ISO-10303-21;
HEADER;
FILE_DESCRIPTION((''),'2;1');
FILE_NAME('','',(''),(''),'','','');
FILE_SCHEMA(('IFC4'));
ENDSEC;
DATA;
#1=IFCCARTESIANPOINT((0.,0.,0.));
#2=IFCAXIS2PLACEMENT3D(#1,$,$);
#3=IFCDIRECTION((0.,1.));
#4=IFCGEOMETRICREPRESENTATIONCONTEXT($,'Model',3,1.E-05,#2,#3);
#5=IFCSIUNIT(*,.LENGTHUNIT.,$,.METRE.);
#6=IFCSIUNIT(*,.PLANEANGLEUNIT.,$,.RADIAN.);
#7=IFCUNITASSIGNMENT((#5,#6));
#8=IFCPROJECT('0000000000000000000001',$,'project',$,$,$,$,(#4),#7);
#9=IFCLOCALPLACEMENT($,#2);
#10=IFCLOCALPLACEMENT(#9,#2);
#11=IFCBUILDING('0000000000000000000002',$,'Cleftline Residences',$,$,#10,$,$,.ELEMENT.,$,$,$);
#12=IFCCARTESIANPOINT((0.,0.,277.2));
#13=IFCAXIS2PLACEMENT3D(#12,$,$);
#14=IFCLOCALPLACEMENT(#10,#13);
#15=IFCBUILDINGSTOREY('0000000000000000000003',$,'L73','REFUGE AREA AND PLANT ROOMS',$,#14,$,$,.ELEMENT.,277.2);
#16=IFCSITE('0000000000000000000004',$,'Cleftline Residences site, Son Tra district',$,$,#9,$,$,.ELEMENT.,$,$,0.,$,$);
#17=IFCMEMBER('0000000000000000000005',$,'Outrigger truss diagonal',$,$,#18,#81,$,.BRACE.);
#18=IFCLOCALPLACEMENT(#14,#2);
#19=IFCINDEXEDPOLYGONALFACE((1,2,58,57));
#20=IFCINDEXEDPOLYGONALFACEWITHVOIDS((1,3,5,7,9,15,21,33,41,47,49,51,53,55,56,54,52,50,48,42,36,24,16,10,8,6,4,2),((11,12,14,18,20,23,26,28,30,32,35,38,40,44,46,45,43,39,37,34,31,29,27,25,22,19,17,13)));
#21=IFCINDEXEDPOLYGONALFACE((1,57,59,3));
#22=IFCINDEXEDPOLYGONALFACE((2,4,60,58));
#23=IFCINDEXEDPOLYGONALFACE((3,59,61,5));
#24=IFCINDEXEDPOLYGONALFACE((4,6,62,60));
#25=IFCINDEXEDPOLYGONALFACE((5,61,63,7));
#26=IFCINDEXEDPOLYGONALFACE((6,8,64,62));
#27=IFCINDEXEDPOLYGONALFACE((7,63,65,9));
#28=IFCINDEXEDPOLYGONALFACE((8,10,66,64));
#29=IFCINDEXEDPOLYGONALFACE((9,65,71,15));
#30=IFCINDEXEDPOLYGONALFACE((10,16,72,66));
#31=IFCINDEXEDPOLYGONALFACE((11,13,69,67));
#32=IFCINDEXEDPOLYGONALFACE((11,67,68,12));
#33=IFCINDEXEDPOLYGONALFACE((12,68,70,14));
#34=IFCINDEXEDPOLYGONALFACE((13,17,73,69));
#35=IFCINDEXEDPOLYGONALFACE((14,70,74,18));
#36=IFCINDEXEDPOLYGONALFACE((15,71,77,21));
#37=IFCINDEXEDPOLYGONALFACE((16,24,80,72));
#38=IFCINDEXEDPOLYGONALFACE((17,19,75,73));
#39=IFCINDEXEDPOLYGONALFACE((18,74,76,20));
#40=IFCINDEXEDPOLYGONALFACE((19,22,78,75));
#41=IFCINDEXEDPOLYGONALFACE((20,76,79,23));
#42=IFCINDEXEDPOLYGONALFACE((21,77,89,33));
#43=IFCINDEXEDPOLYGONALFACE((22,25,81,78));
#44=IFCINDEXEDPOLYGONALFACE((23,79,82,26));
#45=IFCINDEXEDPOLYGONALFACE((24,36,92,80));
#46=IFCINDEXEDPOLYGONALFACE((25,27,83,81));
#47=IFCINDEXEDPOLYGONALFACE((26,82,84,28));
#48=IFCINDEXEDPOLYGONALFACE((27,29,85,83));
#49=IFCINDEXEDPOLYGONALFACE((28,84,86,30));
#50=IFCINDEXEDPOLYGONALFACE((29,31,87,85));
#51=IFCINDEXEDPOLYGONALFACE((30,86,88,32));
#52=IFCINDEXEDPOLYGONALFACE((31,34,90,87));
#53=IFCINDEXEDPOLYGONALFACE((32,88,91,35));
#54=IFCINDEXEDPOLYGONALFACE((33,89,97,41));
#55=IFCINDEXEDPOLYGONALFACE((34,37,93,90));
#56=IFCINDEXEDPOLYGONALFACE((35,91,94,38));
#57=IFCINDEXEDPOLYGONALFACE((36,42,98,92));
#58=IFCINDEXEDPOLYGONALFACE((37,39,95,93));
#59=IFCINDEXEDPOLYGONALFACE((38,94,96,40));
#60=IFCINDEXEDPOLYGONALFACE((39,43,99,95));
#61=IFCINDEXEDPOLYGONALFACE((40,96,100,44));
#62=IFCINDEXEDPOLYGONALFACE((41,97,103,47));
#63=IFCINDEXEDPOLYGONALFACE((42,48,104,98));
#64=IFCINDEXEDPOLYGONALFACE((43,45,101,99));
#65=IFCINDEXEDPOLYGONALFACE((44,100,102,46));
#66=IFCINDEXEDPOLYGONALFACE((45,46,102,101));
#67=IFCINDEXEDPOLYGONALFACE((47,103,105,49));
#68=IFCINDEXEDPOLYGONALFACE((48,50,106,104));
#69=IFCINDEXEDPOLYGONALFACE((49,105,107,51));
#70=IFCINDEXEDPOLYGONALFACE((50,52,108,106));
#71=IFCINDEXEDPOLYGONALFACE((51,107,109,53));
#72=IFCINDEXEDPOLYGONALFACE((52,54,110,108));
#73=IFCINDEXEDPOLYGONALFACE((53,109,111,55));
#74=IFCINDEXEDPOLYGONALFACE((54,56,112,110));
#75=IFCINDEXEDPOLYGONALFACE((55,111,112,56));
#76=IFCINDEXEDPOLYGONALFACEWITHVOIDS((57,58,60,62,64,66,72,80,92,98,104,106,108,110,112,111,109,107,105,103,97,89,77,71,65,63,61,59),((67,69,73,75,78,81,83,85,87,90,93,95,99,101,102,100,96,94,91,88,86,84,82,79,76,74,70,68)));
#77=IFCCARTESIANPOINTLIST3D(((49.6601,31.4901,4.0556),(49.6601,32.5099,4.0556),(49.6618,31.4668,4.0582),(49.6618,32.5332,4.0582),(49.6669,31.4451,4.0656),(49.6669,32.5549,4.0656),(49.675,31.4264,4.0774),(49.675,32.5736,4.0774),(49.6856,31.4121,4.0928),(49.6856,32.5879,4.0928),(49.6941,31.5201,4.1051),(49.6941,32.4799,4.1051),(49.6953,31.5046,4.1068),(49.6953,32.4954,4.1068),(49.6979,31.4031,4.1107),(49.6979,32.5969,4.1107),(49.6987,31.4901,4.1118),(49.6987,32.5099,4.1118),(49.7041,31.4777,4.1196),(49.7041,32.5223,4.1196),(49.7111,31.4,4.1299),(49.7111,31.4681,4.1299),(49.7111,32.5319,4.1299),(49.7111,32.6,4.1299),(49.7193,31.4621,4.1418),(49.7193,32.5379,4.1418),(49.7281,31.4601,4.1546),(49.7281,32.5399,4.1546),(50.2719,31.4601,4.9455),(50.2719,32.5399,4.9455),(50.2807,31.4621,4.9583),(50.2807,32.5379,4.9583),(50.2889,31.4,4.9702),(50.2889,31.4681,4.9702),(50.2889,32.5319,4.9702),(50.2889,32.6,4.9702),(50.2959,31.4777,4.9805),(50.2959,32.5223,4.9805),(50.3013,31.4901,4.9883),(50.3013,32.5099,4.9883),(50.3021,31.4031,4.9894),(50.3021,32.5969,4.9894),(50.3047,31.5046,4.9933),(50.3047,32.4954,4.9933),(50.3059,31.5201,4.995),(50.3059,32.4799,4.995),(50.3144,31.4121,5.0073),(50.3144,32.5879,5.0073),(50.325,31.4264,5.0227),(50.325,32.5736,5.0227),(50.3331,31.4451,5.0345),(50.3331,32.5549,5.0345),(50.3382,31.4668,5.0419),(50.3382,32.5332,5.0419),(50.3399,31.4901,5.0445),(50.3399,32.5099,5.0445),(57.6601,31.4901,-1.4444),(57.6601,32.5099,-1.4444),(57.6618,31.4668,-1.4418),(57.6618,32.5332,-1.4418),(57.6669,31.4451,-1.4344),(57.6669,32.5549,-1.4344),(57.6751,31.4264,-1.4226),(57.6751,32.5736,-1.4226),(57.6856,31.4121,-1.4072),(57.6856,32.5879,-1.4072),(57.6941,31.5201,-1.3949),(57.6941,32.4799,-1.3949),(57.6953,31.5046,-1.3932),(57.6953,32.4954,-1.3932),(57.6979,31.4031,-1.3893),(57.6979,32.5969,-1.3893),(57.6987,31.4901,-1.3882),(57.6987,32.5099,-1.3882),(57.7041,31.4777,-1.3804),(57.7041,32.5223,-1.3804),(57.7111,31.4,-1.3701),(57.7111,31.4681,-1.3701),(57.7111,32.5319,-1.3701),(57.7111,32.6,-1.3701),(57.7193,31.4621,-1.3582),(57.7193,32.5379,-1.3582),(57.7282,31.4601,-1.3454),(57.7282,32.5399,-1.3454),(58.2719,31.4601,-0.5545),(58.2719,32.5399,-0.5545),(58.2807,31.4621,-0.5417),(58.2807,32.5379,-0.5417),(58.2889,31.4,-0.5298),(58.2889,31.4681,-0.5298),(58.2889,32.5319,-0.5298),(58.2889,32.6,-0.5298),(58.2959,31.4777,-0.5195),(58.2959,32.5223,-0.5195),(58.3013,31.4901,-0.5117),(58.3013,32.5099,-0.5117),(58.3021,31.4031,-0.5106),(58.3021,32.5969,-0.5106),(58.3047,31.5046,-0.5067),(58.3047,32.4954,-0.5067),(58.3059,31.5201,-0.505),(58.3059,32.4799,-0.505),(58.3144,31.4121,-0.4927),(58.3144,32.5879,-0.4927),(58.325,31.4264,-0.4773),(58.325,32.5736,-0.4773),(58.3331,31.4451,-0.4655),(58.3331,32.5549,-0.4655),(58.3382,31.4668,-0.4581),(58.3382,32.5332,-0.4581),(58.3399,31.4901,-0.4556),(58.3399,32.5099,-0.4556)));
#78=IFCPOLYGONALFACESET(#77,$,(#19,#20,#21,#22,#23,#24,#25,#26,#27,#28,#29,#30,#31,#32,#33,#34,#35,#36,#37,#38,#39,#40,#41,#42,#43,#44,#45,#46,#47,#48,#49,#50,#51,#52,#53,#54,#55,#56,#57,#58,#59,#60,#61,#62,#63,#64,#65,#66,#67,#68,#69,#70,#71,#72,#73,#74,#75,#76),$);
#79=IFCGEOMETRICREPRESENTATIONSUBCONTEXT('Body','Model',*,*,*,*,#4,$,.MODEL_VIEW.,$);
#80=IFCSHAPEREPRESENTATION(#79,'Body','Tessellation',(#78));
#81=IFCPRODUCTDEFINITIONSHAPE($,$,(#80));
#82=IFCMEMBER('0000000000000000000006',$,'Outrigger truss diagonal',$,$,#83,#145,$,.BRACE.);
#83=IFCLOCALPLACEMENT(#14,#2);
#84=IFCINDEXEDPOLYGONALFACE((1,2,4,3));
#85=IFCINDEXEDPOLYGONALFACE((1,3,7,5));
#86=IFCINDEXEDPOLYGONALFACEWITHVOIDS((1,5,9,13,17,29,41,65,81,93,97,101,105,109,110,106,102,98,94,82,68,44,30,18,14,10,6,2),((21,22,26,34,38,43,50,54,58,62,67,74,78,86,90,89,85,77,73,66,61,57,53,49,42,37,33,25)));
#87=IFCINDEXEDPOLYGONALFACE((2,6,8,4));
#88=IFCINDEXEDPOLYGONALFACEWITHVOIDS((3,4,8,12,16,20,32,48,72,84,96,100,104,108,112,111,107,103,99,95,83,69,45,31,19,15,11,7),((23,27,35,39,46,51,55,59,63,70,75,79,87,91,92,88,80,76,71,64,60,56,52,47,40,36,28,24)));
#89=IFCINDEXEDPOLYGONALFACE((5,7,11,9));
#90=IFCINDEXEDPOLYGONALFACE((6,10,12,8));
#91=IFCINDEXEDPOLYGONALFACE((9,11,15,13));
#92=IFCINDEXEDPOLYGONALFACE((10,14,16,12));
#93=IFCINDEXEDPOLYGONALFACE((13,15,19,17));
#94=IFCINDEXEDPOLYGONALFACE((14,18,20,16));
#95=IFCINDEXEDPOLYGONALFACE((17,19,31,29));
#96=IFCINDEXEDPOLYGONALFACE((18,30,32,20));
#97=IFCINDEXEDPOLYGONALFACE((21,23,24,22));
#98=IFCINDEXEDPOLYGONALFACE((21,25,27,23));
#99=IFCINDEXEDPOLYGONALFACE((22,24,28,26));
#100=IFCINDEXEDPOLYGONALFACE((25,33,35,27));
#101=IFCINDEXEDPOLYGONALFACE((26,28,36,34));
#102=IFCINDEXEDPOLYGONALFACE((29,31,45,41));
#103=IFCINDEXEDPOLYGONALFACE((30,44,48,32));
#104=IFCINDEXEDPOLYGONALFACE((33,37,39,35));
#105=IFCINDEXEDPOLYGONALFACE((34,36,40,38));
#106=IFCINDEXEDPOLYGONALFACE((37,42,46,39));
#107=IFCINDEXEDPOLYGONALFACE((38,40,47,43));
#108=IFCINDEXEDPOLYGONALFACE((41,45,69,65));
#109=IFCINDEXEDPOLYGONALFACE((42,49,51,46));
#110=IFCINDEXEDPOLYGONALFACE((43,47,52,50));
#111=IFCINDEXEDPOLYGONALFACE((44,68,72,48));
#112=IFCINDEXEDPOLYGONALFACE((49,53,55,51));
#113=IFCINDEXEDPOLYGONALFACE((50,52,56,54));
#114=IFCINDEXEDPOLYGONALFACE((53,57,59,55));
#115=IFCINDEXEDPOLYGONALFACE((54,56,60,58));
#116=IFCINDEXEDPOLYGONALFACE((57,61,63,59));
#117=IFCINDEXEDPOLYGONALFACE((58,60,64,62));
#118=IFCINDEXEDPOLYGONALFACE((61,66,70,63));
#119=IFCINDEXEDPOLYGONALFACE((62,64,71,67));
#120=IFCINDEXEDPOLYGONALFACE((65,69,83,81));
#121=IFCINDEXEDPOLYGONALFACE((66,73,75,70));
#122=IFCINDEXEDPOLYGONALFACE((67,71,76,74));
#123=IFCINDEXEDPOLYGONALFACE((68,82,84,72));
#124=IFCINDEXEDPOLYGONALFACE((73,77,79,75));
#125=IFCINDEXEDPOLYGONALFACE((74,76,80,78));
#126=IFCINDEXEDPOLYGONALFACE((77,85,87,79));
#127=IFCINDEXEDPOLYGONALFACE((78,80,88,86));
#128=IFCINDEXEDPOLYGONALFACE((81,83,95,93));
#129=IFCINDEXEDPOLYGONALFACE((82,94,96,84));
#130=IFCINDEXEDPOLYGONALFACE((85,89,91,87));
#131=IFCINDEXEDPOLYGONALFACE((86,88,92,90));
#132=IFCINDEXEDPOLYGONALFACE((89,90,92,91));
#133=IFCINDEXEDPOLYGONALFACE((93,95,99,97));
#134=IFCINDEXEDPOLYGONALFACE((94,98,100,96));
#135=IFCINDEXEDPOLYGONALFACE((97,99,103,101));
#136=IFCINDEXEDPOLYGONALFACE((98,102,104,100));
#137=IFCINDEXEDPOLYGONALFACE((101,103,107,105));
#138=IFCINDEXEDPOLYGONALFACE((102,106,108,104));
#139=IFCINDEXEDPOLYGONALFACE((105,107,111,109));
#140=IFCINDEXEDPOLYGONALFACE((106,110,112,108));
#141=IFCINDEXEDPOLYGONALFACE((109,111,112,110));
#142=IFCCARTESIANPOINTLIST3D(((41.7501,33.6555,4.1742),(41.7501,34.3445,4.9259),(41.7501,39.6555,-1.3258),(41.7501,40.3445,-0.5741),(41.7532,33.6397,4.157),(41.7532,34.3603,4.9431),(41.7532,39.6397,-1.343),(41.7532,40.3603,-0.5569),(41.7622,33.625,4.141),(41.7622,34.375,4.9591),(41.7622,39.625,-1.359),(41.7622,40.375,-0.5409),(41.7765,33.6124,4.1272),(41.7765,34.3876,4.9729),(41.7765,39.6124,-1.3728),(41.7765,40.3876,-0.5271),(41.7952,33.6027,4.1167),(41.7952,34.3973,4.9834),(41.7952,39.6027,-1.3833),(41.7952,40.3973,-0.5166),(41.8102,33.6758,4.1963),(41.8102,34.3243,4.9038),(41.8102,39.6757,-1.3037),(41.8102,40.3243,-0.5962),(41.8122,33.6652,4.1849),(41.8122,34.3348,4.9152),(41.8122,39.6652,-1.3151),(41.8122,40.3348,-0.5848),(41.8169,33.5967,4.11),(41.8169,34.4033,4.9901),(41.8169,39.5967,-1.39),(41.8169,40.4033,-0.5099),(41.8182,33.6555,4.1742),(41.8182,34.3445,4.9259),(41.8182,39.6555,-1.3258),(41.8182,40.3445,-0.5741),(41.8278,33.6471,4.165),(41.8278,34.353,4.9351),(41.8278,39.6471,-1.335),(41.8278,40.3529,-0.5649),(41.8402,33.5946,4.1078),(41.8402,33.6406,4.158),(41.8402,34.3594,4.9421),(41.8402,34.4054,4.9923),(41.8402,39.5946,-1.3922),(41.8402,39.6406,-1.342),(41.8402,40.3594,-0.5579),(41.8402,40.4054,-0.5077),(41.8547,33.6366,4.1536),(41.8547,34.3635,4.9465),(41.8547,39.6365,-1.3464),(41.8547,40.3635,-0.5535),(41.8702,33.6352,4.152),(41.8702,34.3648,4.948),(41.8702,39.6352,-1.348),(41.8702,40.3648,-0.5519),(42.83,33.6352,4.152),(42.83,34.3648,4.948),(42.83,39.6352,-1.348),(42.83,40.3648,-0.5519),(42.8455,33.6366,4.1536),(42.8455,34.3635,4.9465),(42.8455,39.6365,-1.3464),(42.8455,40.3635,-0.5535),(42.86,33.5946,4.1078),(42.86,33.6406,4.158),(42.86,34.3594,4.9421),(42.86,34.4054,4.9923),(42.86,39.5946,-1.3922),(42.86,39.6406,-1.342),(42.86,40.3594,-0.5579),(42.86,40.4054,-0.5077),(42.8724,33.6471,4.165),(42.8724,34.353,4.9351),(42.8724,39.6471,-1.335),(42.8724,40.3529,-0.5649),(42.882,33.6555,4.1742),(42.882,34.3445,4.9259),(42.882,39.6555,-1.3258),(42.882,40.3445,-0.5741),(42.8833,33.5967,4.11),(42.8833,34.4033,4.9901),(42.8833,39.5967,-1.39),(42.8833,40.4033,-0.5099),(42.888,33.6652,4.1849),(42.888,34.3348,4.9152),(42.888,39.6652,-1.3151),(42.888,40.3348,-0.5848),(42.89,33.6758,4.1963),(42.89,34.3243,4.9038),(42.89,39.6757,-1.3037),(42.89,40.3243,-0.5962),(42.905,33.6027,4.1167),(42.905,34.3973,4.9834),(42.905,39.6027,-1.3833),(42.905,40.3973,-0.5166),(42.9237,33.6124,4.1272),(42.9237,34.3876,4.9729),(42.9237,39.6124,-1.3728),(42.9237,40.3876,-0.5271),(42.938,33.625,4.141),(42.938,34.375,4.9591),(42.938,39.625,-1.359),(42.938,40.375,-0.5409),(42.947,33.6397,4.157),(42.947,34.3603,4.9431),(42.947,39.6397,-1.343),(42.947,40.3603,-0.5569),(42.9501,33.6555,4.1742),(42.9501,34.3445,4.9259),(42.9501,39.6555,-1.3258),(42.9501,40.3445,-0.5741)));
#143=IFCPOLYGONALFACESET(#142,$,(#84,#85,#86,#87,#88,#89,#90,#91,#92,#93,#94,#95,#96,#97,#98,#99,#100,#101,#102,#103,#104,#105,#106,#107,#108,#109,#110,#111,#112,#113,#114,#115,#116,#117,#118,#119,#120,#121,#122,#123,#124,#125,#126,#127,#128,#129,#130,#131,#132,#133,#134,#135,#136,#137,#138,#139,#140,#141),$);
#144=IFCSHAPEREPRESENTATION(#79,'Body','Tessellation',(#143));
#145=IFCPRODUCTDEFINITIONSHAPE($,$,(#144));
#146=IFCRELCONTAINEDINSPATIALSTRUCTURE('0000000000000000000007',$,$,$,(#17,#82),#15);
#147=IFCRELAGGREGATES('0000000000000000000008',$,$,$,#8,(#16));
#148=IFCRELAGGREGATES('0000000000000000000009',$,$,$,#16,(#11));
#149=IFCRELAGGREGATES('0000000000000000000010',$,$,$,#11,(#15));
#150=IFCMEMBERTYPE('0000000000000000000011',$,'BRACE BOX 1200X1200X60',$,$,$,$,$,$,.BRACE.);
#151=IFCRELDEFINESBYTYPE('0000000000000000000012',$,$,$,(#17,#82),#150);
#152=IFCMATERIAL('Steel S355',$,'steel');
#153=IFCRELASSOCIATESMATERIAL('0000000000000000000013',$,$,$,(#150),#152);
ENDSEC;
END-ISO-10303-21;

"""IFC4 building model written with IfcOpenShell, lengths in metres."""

from ifc_helpers import new_model, si_unit, direction, frame, origin, origin_2d, place, context, subcontext, project, spatial, hollow_rectangle, extrude, material, material_profile, profile_set, type_object, element, save


model = new_model("IFC4")

# Units and contexts
model_context = context("Model", 3, precision=1e-05, world=origin(), true_north=direction((0.0, 1.0)))
body_context = subcontext(model_context, "Body", "Model", "MODEL_VIEW")
ifc_project = project(units=[si_unit("LENGTHUNIT", "METRE"), si_unit("PLANEANGLEUNIT", "RADIAN")], contexts=[model_context])

# Site, building, storey
site_placement = place(None, origin())
site = spatial("IfcSite", under=ifc_project, at=site_placement, Name="Cleftline Residences site, Son Tra district", CompositionType="ELEMENT", RefElevation=0.0)
building_placement = place(site_placement, origin())
building = spatial("IfcBuilding", under=site, at=building_placement, Name="Cleftline Residences", CompositionType="ELEMENT")
storey_placement = place(building_placement, frame((0.0, 0.0, 277.2)))
storey = spatial("IfcBuildingStorey", under=building, at=storey_placement, Name="L73", Description="REFUGE AREA AND PLANT ROOMS", CompositionType="ELEMENT", Elevation=277.2)

# Members
ifc_material_1 = material(Name="Steel S355", Category="steel")
ifc_material_profile_1 = material_profile(ifc_material_1, hollow_rectangle(XDim=1.2, YDim=1.2, WallThickness=0.0601, InnerFilletRadius=0.0601, OuterFilletRadius=0.0901, at=origin_2d()))
ifc_profile_set_1 = profile_set([ifc_material_profile_1], Name="Steel S355")
member_type_1 = type_object("IfcMemberType", Name="BRACE BOX 1200X1200X60", PredefinedType="BRACE", material=ifc_profile_set_1)
member_1_placement = place(storey_placement, frame((50.0, 32.0, 4.55), z_axis=(0.824042, 0.0, -0.566529), x_axis=(0.566529, 0.0, 0.824042)))
element("IfcMember", 1, at=member_1_placement, inside=storey, type_object=member_type_1, Name="Outrigger truss diagonal", PredefinedType="BRACE", context=body_context, shape_type="SweptSolid", body=[
    extrude(hollow_rectangle(XDim=1.2, YDim=1.2, WallThickness=0.0601, InnerFilletRadius=0.0601, OuterFilletRadius=0.0901, at=origin_2d()), origin(), (0.0, 0.0, 1.0), 9.7083),
])
member_2_placement = place(storey_placement, frame((42.3501, 40.0, -0.95), z_axis=(0.0, -0.737154, 0.675725), x_axis=(0.0, 0.675725, 0.737154)))
element("IfcMember", 2, at=member_2_placement, inside=storey, type_object=member_type_1, Name="Outrigger truss diagonal", PredefinedType="BRACE", context=body_context, shape_type="SweptSolid", body=[
    extrude(hollow_rectangle(XDim=1.2, YDim=1.2, WallThickness=0.0601, InnerFilletRadius=0.0601, OuterFilletRadius=0.0901, at=origin_2d()), origin(), (0.0, 0.0, 1.0), 8.1394),
])

save(model, "model.ifc")
